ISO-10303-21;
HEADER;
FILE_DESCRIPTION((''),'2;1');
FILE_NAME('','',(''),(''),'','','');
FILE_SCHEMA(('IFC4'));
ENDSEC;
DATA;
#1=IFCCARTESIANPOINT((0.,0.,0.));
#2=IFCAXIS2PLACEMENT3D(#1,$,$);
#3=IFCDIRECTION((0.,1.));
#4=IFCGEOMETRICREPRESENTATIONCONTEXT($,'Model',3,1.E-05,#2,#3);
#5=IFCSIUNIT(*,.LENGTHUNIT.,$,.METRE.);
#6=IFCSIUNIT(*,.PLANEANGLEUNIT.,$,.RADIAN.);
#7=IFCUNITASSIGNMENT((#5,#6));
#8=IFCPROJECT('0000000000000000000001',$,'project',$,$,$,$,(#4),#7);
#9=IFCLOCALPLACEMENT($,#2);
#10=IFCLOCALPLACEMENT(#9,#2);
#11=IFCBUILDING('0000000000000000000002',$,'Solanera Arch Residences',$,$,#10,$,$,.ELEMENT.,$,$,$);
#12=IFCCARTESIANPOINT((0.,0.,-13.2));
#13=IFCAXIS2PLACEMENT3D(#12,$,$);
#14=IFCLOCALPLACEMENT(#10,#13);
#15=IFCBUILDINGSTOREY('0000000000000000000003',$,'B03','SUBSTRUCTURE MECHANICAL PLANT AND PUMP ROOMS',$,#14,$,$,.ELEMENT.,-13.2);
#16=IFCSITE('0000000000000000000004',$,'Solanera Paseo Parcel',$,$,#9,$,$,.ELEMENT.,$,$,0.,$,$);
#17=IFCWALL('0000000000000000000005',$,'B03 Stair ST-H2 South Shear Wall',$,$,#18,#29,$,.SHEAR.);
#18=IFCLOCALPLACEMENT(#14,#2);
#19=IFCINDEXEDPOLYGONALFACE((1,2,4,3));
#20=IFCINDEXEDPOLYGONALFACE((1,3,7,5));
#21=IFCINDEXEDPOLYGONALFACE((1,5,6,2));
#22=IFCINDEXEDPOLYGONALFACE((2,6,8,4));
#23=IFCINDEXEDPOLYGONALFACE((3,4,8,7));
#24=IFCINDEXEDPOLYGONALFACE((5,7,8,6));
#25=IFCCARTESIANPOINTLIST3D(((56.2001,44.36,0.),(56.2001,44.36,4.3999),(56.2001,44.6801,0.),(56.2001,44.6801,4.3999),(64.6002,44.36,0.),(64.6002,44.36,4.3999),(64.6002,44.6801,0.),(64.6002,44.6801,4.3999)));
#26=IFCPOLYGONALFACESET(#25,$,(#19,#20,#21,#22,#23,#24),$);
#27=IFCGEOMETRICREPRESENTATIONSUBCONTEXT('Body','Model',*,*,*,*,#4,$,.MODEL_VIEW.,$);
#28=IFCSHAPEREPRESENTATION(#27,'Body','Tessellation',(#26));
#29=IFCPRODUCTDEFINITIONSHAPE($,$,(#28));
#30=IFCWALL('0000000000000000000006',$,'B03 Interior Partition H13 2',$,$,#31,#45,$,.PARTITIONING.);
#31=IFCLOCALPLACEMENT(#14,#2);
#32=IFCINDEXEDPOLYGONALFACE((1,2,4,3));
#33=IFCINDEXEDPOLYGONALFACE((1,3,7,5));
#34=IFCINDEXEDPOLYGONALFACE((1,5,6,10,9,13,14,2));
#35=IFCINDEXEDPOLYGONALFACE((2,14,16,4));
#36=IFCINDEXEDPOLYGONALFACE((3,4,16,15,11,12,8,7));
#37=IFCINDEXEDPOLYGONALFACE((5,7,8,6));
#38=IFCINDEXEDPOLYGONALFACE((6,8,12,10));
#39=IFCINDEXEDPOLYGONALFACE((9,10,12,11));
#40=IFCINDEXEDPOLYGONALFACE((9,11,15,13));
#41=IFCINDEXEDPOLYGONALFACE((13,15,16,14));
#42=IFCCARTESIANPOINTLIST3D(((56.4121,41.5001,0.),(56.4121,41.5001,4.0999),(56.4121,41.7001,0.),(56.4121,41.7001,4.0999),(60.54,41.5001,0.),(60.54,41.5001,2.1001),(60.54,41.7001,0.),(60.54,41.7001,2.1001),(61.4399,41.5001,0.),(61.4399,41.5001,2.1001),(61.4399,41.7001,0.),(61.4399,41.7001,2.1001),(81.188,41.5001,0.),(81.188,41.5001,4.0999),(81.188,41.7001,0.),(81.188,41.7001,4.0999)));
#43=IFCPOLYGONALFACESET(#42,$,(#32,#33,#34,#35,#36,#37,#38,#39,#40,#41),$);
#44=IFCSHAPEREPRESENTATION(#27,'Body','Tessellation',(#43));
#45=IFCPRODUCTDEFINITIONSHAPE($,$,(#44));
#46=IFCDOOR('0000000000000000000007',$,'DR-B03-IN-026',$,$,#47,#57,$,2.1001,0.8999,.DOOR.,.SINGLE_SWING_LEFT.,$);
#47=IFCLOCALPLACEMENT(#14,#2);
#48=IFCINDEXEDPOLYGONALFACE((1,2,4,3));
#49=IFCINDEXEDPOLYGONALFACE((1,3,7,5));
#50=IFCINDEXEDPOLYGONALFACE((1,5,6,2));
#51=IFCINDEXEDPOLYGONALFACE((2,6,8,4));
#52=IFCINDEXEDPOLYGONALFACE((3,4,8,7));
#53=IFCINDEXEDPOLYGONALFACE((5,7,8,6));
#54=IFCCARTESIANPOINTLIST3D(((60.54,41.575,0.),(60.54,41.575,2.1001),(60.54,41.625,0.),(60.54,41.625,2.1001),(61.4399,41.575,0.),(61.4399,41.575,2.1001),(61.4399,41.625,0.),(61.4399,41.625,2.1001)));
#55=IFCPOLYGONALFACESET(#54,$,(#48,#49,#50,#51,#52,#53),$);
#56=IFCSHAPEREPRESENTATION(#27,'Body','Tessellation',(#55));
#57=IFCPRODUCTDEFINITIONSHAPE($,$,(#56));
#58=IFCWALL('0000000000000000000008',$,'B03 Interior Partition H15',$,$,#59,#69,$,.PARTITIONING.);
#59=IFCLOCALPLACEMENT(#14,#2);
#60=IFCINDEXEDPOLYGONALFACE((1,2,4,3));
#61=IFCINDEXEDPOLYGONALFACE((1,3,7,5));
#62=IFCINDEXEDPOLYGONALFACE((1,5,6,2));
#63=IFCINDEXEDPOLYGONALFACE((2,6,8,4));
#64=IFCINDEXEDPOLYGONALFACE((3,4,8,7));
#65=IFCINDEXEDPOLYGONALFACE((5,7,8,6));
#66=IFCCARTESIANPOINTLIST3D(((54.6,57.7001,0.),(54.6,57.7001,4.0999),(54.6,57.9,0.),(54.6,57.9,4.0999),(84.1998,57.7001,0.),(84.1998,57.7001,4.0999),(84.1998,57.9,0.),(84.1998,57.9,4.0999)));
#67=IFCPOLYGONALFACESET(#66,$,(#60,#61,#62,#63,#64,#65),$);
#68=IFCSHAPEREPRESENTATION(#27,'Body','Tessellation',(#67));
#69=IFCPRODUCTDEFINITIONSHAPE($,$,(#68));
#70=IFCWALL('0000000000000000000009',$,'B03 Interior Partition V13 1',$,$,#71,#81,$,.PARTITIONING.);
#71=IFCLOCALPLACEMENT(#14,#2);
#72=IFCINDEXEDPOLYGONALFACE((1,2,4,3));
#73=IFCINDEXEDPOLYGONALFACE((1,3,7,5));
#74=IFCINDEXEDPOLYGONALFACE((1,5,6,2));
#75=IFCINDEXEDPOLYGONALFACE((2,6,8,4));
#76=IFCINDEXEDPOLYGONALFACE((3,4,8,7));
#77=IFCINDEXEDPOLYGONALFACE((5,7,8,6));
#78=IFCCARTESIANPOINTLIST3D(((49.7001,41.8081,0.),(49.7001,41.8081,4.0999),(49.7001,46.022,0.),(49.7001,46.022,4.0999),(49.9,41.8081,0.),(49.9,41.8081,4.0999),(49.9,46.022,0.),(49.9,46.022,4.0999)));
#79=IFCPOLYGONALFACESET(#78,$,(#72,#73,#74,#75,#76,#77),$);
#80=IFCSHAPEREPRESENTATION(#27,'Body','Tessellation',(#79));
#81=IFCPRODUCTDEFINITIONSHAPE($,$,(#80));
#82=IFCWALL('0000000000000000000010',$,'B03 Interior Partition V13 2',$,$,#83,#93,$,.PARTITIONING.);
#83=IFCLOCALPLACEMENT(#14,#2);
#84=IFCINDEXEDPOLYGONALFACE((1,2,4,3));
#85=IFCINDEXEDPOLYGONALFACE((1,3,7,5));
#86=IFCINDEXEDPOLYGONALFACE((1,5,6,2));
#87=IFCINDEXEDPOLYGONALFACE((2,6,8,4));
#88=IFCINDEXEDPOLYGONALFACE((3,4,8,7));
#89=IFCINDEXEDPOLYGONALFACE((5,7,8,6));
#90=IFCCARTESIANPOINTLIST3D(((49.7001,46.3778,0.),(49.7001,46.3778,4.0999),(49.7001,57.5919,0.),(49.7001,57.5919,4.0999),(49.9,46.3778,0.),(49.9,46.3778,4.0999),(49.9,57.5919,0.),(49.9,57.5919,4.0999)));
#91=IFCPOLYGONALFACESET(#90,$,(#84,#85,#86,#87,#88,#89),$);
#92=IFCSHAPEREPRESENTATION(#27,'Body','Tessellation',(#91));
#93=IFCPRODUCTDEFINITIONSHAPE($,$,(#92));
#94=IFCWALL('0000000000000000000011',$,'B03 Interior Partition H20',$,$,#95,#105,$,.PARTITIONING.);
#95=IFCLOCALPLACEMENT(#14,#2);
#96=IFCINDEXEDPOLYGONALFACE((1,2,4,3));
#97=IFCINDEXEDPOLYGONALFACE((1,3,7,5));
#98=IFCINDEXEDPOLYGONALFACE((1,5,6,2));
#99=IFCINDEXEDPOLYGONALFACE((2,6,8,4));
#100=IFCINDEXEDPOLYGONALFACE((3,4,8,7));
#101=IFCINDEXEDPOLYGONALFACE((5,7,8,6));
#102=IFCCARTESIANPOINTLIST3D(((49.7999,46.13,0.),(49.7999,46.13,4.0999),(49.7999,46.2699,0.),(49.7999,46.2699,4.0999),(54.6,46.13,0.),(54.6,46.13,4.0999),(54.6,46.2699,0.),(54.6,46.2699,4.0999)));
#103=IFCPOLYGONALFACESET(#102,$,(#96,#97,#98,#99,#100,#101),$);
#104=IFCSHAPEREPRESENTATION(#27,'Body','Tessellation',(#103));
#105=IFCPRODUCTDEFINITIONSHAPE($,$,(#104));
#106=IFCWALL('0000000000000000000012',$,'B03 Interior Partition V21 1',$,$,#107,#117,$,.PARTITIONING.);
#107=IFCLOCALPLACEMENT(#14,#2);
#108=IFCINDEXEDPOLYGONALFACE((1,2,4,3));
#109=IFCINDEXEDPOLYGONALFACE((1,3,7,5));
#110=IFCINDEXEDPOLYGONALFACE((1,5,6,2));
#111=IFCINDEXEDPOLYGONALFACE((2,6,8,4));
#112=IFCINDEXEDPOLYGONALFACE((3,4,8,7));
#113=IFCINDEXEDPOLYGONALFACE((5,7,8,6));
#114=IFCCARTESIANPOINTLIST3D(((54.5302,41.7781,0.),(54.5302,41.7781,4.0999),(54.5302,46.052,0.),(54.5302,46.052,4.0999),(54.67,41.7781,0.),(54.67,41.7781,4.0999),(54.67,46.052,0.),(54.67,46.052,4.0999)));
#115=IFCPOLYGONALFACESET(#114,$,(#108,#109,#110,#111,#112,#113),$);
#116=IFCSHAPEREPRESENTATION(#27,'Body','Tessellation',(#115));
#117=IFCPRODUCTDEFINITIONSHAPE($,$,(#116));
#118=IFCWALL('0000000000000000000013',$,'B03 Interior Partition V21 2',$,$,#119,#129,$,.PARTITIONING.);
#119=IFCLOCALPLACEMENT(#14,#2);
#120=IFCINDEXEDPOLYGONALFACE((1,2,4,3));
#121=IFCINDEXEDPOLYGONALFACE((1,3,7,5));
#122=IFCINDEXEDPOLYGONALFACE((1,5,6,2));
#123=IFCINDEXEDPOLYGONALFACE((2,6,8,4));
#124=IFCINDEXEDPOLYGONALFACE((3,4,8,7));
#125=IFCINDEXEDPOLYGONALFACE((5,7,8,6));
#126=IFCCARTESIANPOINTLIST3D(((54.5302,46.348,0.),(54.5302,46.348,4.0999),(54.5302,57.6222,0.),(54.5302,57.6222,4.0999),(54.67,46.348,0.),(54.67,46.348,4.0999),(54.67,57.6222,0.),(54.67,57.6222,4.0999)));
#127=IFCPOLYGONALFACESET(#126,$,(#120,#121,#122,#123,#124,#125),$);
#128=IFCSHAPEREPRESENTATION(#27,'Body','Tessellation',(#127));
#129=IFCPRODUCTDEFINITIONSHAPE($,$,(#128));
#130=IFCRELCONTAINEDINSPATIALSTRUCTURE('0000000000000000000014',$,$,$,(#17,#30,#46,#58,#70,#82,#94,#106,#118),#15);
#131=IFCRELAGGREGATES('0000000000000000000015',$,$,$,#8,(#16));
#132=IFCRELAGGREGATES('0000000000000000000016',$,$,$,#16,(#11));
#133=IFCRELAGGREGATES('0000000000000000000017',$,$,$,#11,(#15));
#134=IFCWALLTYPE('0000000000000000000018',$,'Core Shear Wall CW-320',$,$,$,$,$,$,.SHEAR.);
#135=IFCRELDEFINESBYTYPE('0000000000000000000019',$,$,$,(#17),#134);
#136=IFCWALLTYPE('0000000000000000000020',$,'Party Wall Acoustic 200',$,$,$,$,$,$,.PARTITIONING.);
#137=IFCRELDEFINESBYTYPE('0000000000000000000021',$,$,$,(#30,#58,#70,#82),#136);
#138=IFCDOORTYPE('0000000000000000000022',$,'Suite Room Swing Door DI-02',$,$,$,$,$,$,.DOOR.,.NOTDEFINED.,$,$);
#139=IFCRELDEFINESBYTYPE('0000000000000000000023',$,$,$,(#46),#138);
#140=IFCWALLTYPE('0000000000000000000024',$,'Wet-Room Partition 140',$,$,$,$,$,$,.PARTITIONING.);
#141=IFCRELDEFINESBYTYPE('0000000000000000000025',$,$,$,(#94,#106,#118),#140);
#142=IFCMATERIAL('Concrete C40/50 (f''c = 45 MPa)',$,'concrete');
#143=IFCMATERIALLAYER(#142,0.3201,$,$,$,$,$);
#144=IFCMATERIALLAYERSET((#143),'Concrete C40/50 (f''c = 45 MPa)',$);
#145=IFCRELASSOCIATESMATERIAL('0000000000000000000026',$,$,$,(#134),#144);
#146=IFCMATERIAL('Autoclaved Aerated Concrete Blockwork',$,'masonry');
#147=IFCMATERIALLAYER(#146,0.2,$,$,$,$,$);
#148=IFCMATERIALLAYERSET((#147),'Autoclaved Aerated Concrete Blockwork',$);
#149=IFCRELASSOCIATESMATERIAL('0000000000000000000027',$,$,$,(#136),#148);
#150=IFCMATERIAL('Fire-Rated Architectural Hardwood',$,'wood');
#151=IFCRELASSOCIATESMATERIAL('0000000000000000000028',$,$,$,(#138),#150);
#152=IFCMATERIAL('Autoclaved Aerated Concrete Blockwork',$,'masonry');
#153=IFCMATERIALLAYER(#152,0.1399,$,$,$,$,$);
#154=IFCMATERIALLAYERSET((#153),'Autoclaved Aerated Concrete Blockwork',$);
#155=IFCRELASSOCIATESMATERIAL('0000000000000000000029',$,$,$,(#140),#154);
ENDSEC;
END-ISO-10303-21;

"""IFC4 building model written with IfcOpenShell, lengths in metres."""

from ifc_helpers import new_model, si_unit, direction, frame, frame_2d, origin, place, context, subcontext, project, spatial, rectangle, extrude, material, layer, layer_set, type_object, element, fill, save


model = new_model("IFC4")

# Units and contexts
model_context = context("Model", 3, precision=1e-05, world=origin(), true_north=direction((0.0, 1.0)))
body_context = subcontext(model_context, "Body", "Model", "MODEL_VIEW")
ifc_project = project(units=[si_unit("LENGTHUNIT", "METRE"), si_unit("PLANEANGLEUNIT", "RADIAN")], contexts=[model_context])

# Site, building, storey
site_placement = place(None, origin())
site = spatial("IfcSite", under=ifc_project, at=site_placement, Name="Solanera Paseo Parcel", CompositionType="ELEMENT", RefElevation=0.0)
building_placement = place(site_placement, origin())
building = spatial("IfcBuilding", under=site, at=building_placement, Name="Solanera Arch Residences", CompositionType="ELEMENT")
storey_placement = place(building_placement, frame((0.0, 0.0, -13.2)))
storey = spatial("IfcBuildingStorey", under=building, at=storey_placement, Name="B03", Description="SUBSTRUCTURE MECHANICAL PLANT AND PUMP ROOMS", CompositionType="ELEMENT", Elevation=-13.2)

# Wall
ifc_material_1 = material(Name="Concrete C40/50 (f'c = 45 MPa)", Category="concrete")
ifc_layer_1 = layer(ifc_material_1, 0.3201)
ifc_layer_set_1 = layer_set([ifc_layer_1], Name="Concrete C40/50 (f'c = 45 MPa)")
wall_type_1 = type_object("IfcWallType", Name="Core Shear Wall CW-320", PredefinedType="SHEAR", material=ifc_layer_set_1)
wall_1_placement = place(storey_placement, frame((56.2, 44.52, 0.0), z_axis=(0.0, 0.0, 1.0), x_axis=(1.0, 0.0, 0.0)))
element("IfcWall", 1, at=wall_1_placement, inside=storey, type_object=wall_type_1, Name="B03 Stair ST-H2 South Shear Wall", PredefinedType="SHEAR", context=body_context, shape_type="SweptSolid", body=[
    extrude(rectangle(XDim=8.4001, YDim=0.3201, at=frame_2d((4.2002, 0.0))), origin(), (0.0, 0.0, 1.0), 4.3999),
])

# Wall, opening, door
ifc_material_2 = material(Name="Autoclaved Aerated Concrete Blockwork", Category="masonry")
ifc_layer_2 = layer(ifc_material_2, 0.2)
ifc_layer_set_2 = layer_set([ifc_layer_2], Name="Autoclaved Aerated Concrete Blockwork")
wall_type_2 = type_object("IfcWallType", Name="Party Wall Acoustic 200", PredefinedType="PARTITIONING", material=ifc_layer_set_2)
wall_2_placement = place(storey_placement, frame((56.4121, 41.6001, 0.0), z_axis=(0.0, 0.0, 1.0), x_axis=(1.0, 0.0, 0.0)))
wall_2 = element("IfcWall", 2, at=wall_2_placement, inside=storey, type_object=wall_type_2, Name="B03 Interior Partition H13 2", PredefinedType="PARTITIONING", context=body_context, shape_type="SweptSolid", body=[
    extrude(rectangle(XDim=24.7759, YDim=0.2, at=frame_2d((12.3879, 0.0))), origin(), (0.0, 0.0, 1.0), 4.0999),
])
opening_placement = place(wall_2_placement, frame((4.1279, 0.0, 0.0)))
opening = element("IfcOpeningElement", 3, at=opening_placement, cuts=wall_2, PredefinedType="OPENING", context=body_context, shape_type="SweptSolid", body=[
    extrude(rectangle(XDim=0.8999, YDim=2.1001, at=frame_2d((0.45, 1.05))), frame((0.0, 0.1101, 0.0), z_axis=(0.0, -1.0, 0.0), x_axis=(1.0, 0.0, 0.0)), (0.0, 0.0, 1.0), 0.22),
])
ifc_material_3 = material(Name="Fire-Rated Architectural Hardwood", Category="wood")
door_type = type_object("IfcDoorType", Name="Suite Room Swing Door DI-02", OperationType="NOTDEFINED", PredefinedType="DOOR", material=ifc_material_3)
door_placement = place(opening_placement, origin())
door = element("IfcDoor", 4, at=door_placement, inside=storey, type_object=door_type, Name="DR-B03-IN-026", OperationType="SINGLE_SWING_LEFT", OverallHeight=2.1001, OverallWidth=0.8999, PredefinedType="DOOR", context=body_context, shape_type="SweptSolid", body=[
    extrude(rectangle(XDim=0.8999, YDim=2.1001, at=frame_2d((0.45, 1.05))), frame((0.0, 0.0249, 0.0), z_axis=(0.0, -1.0, 0.0), x_axis=(1.0, 0.0, 0.0)), (0.0, 0.0, 1.0), 0.05),
])
fill(opening, door)

# Walls
wall_3_placement = place(storey_placement, frame((54.6001, 57.8, 0.0), z_axis=(0.0, 0.0, 1.0), x_axis=(1.0, 0.0, 0.0)))
element("IfcWall", 5, at=wall_3_placement, inside=storey, type_object=wall_type_2, Name="B03 Interior Partition H15", PredefinedType="PARTITIONING", context=body_context, shape_type="SweptSolid", body=[
    extrude(rectangle(XDim=29.5999, YDim=0.2, at=frame_2d((14.7998, 0.0))), origin(), (0.0, 0.0, 1.0), 4.0999),
])
wall_4_placement = place(storey_placement, frame((49.8, 41.8081, 0.0), z_axis=(0.0, 0.0, 1.0), x_axis=(0.0, 1.0, 0.0)))
element("IfcWall", 6, at=wall_4_placement, inside=storey, type_object=wall_type_2, Name="B03 Interior Partition V13 1", PredefinedType="PARTITIONING", context=body_context, shape_type="SweptSolid", body=[
    extrude(rectangle(XDim=4.2139, YDim=0.2, at=frame_2d((2.1069, 0.0))), origin(), (0.0, 0.0, 1.0), 4.0999),
])
wall_5_placement = place(storey_placement, frame((49.8, 46.3779, 0.0), z_axis=(0.0, 0.0, 1.0), x_axis=(0.0, 1.0, 0.0)))
element("IfcWall", 7, at=wall_5_placement, inside=storey, type_object=wall_type_2, Name="B03 Interior Partition V13 2", PredefinedType="PARTITIONING", context=body_context, shape_type="SweptSolid", body=[
    extrude(rectangle(XDim=11.2141, YDim=0.2, at=frame_2d((5.6069, 0.0))), origin(), (0.0, 0.0, 1.0), 4.0999),
])
ifc_material_4 = material(Name="Autoclaved Aerated Concrete Blockwork", Category="masonry")
ifc_layer_3 = layer(ifc_material_4, 0.1399)
ifc_layer_set_3 = layer_set([ifc_layer_3], Name="Autoclaved Aerated Concrete Blockwork")
wall_type_3 = type_object("IfcWallType", Name="Wet-Room Partition 140", PredefinedType="PARTITIONING", material=ifc_layer_set_3)
wall_6_placement = place(storey_placement, frame((49.8, 46.2, 0.0), z_axis=(0.0, 0.0, 1.0), x_axis=(1.0, 0.0, 0.0)))
element("IfcWall", 8, at=wall_6_placement, inside=storey, type_object=wall_type_3, Name="B03 Interior Partition H20", PredefinedType="PARTITIONING", context=body_context, shape_type="SweptSolid", body=[
    extrude(rectangle(XDim=4.8, YDim=0.1399, at=frame_2d((2.3999, 0.0))), origin(), (0.0, 0.0, 1.0), 4.0999),
])
wall_7_placement = place(storey_placement, frame((54.6001, 41.7781, 0.0), z_axis=(0.0, 0.0, 1.0), x_axis=(0.0, 1.0, 0.0)))
element("IfcWall", 9, at=wall_7_placement, inside=storey, type_object=wall_type_3, Name="B03 Interior Partition V21 1", PredefinedType="PARTITIONING", context=body_context, shape_type="SweptSolid", body=[
    extrude(rectangle(XDim=4.2739, YDim=0.1399, at=frame_2d((2.137, 0.0))), origin(), (0.0, 0.0, 1.0), 4.0999),
])
wall_8_placement = place(storey_placement, frame((54.6001, 46.3479, 0.0), z_axis=(0.0, 0.0, 1.0), x_axis=(0.0, 1.0, 0.0)))
element("IfcWall", 10, at=wall_8_placement, inside=storey, type_object=wall_type_3, Name="B03 Interior Partition V21 2", PredefinedType="PARTITIONING", context=body_context, shape_type="SweptSolid", body=[
    extrude(rectangle(XDim=11.2742, YDim=0.1399, at=frame_2d((5.6372, 0.0))), origin(), (0.0, 0.0, 1.0), 4.0999),
])

save(model, "model.ifc")
